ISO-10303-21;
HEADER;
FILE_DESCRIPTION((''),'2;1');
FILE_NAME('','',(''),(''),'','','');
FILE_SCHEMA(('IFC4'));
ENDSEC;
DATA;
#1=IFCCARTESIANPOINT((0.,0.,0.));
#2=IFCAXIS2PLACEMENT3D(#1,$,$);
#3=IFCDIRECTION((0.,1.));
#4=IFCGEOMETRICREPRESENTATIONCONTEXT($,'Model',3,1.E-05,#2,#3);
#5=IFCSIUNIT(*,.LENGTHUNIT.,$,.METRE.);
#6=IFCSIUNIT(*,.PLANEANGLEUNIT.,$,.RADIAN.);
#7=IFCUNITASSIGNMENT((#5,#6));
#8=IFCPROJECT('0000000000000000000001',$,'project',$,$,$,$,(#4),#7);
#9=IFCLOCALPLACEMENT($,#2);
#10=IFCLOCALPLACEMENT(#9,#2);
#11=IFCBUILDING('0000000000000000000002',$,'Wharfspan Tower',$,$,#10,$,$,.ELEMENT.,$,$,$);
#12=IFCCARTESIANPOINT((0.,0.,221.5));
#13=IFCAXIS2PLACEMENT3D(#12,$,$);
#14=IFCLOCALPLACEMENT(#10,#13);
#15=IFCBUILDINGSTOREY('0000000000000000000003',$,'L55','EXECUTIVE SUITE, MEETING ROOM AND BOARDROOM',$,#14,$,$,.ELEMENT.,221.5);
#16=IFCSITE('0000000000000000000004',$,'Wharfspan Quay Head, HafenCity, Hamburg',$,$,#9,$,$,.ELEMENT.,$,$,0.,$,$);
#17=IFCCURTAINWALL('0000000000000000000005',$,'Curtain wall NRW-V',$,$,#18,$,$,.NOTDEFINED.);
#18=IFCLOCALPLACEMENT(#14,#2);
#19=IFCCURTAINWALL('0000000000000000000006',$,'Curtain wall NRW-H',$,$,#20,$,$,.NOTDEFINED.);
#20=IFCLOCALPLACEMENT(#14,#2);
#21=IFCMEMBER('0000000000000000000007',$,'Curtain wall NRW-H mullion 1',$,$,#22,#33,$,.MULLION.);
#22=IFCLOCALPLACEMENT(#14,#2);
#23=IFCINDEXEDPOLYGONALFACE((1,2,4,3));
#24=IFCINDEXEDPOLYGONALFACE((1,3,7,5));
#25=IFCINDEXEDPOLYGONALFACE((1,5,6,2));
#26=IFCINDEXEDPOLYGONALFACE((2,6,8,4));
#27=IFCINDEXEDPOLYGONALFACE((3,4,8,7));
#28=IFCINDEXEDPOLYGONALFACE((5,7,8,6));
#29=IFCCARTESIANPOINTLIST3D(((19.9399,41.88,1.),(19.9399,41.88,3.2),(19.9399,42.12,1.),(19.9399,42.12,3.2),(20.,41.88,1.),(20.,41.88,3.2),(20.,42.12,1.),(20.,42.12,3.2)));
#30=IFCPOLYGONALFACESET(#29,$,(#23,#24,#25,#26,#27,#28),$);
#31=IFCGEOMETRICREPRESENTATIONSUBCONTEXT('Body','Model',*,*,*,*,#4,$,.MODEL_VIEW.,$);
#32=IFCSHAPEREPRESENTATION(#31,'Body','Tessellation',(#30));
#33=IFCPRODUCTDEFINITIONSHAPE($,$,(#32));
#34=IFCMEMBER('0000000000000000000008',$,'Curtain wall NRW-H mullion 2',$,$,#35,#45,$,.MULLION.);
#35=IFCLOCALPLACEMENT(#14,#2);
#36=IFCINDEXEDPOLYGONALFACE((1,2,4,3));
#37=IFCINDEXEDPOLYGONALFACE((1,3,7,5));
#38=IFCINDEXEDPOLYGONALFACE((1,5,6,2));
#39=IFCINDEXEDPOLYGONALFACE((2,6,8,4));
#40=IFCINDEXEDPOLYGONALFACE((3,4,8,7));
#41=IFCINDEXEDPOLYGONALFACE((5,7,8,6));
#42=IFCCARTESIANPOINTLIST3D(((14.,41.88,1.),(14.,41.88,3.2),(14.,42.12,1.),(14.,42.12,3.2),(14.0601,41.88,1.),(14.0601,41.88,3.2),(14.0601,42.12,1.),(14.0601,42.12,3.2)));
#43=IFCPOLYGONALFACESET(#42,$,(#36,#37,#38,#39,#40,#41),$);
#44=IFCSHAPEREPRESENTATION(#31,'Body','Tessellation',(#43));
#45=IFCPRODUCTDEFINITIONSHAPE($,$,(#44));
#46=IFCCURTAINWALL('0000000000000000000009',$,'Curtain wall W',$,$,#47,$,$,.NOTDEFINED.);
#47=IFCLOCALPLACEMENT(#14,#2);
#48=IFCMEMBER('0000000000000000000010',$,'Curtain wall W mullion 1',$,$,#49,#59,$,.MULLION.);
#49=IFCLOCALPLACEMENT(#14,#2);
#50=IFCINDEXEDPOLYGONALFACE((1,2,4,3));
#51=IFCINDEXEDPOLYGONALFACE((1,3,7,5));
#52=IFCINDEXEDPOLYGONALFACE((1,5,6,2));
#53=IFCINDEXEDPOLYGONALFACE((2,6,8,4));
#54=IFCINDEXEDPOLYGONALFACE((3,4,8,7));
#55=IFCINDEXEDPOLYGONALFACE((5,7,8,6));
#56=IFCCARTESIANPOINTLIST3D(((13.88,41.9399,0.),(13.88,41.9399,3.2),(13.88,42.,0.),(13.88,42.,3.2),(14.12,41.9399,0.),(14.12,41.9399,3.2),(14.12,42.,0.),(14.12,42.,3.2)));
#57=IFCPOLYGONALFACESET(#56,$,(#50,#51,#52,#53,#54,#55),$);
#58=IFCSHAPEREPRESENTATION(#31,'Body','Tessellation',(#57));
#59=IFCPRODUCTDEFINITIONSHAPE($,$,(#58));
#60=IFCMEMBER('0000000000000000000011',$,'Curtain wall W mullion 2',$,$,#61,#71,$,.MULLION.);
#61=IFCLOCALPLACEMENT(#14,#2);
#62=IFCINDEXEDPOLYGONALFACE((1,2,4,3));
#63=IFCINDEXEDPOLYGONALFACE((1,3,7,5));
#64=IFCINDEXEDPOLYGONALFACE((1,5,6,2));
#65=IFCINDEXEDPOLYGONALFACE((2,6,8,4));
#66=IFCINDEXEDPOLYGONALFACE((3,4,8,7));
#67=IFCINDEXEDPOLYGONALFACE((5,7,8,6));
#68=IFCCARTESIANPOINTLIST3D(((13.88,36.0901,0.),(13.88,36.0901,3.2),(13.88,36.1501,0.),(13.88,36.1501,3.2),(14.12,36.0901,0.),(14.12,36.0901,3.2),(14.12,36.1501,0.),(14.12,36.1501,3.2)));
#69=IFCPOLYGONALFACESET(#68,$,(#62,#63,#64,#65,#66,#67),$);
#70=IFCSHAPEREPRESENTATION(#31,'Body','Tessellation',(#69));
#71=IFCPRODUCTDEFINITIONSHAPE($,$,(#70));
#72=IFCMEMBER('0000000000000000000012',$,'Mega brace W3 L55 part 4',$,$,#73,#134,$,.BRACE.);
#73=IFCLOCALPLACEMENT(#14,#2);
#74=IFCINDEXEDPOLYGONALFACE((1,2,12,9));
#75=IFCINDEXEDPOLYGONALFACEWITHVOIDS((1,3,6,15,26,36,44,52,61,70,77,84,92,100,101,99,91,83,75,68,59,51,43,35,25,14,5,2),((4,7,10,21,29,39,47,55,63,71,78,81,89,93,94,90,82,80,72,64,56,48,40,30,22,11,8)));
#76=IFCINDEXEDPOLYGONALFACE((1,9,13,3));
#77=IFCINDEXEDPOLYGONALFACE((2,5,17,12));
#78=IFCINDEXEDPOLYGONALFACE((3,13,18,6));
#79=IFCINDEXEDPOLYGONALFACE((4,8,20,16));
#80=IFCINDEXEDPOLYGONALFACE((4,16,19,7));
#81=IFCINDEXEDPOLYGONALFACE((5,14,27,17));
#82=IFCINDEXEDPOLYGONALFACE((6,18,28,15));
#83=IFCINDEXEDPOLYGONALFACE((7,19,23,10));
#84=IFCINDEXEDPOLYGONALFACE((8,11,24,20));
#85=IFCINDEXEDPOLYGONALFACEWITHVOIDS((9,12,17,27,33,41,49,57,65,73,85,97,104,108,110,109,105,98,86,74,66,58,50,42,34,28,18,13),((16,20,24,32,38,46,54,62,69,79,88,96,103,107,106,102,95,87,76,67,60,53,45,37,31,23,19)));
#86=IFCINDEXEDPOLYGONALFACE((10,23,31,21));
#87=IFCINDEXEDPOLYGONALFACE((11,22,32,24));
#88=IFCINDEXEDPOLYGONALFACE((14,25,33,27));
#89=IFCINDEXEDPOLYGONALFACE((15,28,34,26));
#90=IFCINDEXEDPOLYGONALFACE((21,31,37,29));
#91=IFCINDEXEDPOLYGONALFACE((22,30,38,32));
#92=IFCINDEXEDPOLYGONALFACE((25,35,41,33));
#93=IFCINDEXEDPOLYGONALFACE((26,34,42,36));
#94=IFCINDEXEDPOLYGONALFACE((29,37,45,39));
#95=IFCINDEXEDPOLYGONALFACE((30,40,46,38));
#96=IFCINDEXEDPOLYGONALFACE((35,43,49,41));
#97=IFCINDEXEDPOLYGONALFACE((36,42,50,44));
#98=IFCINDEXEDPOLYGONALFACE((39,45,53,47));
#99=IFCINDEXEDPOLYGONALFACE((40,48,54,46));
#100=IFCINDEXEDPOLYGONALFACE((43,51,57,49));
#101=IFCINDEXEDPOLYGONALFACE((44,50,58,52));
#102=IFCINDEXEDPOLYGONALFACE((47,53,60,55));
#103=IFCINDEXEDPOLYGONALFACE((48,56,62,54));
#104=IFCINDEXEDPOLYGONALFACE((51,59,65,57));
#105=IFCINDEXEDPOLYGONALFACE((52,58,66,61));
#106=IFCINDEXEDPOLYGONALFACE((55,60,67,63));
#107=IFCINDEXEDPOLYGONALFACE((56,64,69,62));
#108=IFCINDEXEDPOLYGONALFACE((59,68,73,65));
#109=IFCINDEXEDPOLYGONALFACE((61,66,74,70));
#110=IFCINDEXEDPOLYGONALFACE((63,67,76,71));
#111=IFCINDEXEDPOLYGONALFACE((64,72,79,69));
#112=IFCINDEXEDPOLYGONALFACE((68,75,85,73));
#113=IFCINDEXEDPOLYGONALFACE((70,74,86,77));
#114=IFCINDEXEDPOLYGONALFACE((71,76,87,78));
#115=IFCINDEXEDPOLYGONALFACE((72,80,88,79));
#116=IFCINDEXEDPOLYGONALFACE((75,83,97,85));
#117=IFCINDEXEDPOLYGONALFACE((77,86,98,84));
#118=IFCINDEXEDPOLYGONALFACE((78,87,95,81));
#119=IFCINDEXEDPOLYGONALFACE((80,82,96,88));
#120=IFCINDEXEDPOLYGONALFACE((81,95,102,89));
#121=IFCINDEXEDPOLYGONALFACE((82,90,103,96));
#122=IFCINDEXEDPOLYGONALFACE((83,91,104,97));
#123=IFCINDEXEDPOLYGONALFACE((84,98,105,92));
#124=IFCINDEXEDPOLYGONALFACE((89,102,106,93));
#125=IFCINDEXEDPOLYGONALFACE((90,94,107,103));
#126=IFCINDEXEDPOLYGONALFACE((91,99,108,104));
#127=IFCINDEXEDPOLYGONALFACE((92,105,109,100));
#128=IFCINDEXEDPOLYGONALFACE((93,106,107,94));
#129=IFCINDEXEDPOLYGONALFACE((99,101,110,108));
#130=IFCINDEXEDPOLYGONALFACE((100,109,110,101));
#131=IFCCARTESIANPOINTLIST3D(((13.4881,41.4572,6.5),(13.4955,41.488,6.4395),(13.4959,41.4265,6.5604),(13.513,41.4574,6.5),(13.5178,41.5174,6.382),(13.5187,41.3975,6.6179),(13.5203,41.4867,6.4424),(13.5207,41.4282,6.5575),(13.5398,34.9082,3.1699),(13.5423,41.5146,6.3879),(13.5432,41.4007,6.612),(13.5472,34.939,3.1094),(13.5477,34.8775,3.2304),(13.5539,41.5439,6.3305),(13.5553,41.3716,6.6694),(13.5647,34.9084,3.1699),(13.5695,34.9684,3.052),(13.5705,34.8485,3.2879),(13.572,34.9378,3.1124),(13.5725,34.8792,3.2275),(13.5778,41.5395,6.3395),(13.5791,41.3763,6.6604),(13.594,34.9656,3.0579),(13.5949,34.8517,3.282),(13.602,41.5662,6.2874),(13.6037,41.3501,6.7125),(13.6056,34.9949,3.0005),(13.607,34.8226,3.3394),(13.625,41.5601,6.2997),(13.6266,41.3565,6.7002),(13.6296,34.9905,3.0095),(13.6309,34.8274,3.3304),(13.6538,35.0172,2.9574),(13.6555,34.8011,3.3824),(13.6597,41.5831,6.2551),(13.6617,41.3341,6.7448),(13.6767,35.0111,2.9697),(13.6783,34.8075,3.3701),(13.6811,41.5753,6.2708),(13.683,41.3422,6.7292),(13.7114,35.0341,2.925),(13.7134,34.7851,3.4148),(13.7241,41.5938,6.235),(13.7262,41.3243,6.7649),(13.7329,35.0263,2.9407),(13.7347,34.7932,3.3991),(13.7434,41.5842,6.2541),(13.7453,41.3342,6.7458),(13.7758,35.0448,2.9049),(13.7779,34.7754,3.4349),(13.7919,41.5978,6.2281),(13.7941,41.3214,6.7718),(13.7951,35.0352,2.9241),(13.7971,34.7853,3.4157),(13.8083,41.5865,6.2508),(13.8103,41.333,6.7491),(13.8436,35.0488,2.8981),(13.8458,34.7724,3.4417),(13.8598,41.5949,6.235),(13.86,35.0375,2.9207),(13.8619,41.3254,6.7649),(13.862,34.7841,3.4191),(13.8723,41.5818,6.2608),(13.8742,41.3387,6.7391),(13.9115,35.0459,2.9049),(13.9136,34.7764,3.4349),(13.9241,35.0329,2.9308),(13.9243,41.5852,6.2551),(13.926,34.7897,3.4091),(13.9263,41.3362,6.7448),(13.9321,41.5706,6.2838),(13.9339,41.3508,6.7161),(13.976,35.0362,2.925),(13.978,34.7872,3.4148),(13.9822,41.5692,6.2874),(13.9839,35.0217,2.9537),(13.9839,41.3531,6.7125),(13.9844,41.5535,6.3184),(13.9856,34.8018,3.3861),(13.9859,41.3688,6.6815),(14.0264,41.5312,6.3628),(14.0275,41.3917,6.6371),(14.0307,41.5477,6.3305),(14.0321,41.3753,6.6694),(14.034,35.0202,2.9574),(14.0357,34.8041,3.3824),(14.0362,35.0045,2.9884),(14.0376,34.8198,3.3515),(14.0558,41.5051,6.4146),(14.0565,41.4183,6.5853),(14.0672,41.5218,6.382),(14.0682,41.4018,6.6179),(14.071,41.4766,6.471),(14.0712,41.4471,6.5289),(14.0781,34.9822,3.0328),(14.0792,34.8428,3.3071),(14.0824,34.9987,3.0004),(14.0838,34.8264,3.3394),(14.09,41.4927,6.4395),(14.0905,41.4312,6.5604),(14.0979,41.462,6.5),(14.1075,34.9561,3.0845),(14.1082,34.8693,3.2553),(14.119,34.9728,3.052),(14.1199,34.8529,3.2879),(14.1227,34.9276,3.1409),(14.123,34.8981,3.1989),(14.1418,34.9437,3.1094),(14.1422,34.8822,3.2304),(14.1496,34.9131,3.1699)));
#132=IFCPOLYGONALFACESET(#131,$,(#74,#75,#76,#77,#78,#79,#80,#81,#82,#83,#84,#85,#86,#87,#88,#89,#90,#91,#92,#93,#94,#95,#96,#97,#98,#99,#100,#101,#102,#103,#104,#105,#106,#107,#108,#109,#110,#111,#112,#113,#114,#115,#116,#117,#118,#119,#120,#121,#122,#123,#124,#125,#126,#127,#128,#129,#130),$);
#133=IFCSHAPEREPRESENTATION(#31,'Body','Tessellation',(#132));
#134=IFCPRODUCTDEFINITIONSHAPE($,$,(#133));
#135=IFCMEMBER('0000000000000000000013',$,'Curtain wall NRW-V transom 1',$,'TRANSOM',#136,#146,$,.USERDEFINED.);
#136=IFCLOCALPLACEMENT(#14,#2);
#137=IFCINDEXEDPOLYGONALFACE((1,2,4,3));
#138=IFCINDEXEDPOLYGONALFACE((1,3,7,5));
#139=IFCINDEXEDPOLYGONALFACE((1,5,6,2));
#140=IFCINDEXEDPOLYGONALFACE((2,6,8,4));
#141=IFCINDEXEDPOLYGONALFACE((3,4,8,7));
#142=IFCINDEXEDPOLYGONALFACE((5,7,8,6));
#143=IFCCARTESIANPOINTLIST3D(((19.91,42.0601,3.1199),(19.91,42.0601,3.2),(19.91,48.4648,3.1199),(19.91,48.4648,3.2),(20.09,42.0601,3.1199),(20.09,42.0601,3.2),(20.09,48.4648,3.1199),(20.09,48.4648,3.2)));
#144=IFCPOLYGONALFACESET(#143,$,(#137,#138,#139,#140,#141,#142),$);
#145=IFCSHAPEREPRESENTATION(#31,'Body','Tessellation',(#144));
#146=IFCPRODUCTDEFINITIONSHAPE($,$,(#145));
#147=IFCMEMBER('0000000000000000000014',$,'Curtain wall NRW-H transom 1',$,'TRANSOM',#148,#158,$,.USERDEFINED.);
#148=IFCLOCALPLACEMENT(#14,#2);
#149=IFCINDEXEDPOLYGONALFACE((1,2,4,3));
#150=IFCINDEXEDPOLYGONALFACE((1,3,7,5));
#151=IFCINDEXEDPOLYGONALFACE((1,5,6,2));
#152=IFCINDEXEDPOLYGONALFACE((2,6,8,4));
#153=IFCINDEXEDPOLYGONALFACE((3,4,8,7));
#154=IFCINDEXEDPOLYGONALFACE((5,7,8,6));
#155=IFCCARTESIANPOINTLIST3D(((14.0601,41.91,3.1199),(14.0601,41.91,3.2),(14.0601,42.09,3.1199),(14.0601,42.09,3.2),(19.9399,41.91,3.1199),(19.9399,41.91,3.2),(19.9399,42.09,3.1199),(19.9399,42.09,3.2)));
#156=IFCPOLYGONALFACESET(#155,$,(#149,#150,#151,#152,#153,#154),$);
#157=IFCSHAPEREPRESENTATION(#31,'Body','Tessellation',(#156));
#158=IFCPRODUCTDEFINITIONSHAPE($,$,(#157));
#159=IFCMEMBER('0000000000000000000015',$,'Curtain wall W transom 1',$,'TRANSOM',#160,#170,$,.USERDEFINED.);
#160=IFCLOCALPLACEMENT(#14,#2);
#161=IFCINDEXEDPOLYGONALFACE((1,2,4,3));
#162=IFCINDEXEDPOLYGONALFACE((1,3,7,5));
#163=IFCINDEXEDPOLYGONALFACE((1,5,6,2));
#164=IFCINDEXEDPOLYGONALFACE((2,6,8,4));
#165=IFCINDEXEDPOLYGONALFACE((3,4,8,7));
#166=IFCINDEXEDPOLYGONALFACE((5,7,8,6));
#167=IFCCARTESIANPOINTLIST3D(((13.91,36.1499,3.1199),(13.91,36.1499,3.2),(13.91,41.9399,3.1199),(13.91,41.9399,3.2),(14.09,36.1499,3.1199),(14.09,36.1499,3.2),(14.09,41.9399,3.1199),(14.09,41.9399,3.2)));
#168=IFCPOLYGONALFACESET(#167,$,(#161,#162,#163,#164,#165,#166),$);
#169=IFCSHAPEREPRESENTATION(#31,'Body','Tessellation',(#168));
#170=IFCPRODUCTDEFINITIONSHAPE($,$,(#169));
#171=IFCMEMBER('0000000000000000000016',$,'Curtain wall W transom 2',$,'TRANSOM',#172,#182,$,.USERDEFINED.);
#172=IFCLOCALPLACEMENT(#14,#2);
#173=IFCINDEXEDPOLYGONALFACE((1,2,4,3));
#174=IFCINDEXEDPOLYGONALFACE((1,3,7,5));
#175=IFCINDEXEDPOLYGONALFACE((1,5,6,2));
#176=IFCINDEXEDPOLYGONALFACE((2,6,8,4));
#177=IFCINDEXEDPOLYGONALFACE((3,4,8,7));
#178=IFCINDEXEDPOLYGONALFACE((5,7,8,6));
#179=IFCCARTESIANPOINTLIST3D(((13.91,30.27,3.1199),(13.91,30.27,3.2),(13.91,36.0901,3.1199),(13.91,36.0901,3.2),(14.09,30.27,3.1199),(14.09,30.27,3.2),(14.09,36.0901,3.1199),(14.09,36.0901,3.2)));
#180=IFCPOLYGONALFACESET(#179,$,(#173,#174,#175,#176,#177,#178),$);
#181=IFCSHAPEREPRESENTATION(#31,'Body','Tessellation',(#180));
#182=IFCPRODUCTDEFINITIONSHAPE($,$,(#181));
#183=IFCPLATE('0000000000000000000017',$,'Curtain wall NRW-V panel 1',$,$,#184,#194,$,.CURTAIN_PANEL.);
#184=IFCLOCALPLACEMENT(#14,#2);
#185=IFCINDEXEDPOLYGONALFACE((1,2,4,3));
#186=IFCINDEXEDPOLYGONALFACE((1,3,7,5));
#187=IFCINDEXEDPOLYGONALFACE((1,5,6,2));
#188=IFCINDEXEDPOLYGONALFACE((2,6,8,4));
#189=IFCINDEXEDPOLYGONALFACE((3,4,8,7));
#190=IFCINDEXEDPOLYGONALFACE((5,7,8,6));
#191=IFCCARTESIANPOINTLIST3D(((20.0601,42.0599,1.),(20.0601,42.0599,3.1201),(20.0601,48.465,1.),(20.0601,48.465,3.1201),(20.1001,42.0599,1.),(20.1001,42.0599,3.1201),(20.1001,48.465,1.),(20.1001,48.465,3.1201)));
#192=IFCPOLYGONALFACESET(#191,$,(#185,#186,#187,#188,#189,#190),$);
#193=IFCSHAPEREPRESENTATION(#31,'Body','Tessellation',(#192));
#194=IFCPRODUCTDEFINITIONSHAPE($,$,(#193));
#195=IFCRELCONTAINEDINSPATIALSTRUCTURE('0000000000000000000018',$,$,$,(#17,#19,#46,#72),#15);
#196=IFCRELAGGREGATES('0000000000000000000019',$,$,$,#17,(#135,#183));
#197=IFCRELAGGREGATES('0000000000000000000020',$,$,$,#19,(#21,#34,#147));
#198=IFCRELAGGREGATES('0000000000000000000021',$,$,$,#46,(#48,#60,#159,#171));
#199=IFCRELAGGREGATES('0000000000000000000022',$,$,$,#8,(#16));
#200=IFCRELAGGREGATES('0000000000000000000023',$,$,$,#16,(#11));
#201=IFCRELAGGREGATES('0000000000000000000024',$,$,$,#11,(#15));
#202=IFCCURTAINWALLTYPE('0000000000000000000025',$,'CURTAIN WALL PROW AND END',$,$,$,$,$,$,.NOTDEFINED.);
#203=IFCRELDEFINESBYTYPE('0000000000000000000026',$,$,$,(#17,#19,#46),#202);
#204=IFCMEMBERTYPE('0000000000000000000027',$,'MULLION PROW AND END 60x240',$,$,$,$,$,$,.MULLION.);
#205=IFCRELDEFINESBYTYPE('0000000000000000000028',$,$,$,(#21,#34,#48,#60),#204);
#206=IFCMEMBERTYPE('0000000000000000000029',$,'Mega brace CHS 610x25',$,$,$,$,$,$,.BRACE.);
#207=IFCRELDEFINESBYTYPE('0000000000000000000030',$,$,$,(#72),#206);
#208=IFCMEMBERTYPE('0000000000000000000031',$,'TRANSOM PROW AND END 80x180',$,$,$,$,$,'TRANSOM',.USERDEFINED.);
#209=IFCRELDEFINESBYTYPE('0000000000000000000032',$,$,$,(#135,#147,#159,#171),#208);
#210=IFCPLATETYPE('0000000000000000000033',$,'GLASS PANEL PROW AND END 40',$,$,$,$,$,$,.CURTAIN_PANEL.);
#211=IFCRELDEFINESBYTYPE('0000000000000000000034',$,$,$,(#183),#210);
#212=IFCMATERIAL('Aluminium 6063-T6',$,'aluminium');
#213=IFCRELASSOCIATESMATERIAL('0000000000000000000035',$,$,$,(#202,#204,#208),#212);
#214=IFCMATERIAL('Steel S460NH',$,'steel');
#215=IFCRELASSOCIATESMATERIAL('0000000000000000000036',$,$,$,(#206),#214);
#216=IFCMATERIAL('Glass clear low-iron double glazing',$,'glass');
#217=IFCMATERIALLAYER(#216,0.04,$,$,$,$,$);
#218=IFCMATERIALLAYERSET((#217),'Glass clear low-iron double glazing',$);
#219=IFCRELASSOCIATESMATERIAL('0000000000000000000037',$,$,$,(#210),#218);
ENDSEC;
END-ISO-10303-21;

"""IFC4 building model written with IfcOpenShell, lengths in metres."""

from ifc_helpers import new_model, si_unit, direction, frame, origin, origin_2d, place, context, subcontext, project, spatial, rectangle, hollow_circle, extrude, material, layer, layer_set, material_profile, profile_set, type_object, element, aggregate, save


model = new_model("IFC4")

# Units and contexts
model_context = context("Model", 3, precision=1e-05, world=origin(), true_north=direction((0.0, 1.0)))
body_context = subcontext(model_context, "Body", "Model", "MODEL_VIEW")
ifc_project = project(units=[si_unit("LENGTHUNIT", "METRE"), si_unit("PLANEANGLEUNIT", "RADIAN")], contexts=[model_context])

# Site, building, storey
site_placement = place(None, origin())
site = spatial("IfcSite", under=ifc_project, at=site_placement, Name="Wharfspan Quay Head, HafenCity, Hamburg", CompositionType="ELEMENT", RefElevation=0.0)
building_placement = place(site_placement, origin())
building = spatial("IfcBuilding", under=site, at=building_placement, Name="Wharfspan Tower", CompositionType="ELEMENT")
storey_placement = place(building_placement, frame((0.0, 0.0, 221.5)))
storey = spatial("IfcBuildingStorey", under=building, at=storey_placement, Name="L55", Description="EXECUTIVE SUITE, MEETING ROOM AND BOARDROOM", CompositionType="ELEMENT", Elevation=221.5)

# Curtain walls, members
ifc_material_1 = material(Name="Aluminium 6063-T6", Category="aluminium")
curtain_wall_type = type_object("IfcCurtainWallType", Name="CURTAIN WALL PROW AND END", PredefinedType="NOTDEFINED", material=ifc_material_1)
curtain_wall_1_placement = place(storey_placement, origin())
curtain_wall_1 = element("IfcCurtainWall", 1, at=curtain_wall_1_placement, inside=storey, type_object=curtain_wall_type, Name="Curtain wall NRW-V", PredefinedType="NOTDEFINED")
ifc_material_profile_1 = material_profile(ifc_material_1, rectangle(XDim=0.24, YDim=0.0601, at=origin_2d()))
ifc_profile_set_1 = profile_set([ifc_material_profile_1], Name="Aluminium 6063-T6")
member_type_1 = type_object("IfcMemberType", Name="MULLION PROW AND END 60x240", PredefinedType="MULLION", material=ifc_profile_set_1)
curtain_wall_2_placement = place(storey_placement, origin())
curtain_wall_2 = element("IfcCurtainWall", 2, at=curtain_wall_2_placement, inside=storey, type_object=curtain_wall_type, Name="Curtain wall NRW-H", PredefinedType="NOTDEFINED")
member_1_placement = place(storey_placement, frame((19.97, 42.0, 1.0), z_axis=(0.0, 0.0, 1.0), x_axis=(0.0, -1.0, 0.0)))
member_1 = element("IfcMember", 3, at=member_1_placement, type_object=member_type_1, Name="Curtain wall NRW-H mullion 1", PredefinedType="MULLION", context=body_context, shape_type="SweptSolid", body=[
    extrude(rectangle(XDim=0.24, YDim=0.0601, at=origin_2d()), origin(), (0.0, 0.0, 1.0), 2.2),
])
member_2_placement = place(storey_placement, frame((14.03, 42.0, 1.0), z_axis=(0.0, 0.0, 1.0), x_axis=(0.0, -1.0, 0.0)))
member_2 = element("IfcMember", 4, at=member_2_placement, type_object=member_type_1, Name="Curtain wall NRW-H mullion 2", PredefinedType="MULLION", context=body_context, shape_type="SweptSolid", body=[
    extrude(rectangle(XDim=0.24, YDim=0.0601, at=origin_2d()), origin(), (0.0, 0.0, 1.0), 2.2),
])
curtain_wall_3_placement = place(storey_placement, origin())
curtain_wall_3 = element("IfcCurtainWall", 5, at=curtain_wall_3_placement, inside=storey, type_object=curtain_wall_type, Name="Curtain wall W", PredefinedType="NOTDEFINED")
member_3_placement = place(storey_placement, frame((14.0, 41.97, 0.0), z_axis=(0.0, 0.0, 1.0), x_axis=(1.0, 0.0, 0.0)))
member_3 = element("IfcMember", 6, at=member_3_placement, type_object=member_type_1, Name="Curtain wall W mullion 1", PredefinedType="MULLION", context=body_context, shape_type="SweptSolid", body=[
    extrude(rectangle(XDim=0.24, YDim=0.0601, at=origin_2d()), origin(), (0.0, 0.0, 1.0), 3.2),
])
member_4_placement = place(storey_placement, frame((14.0, 36.1201, 0.0), z_axis=(0.0, 0.0, 1.0), x_axis=(1.0, 0.0, 0.0)))
member_4 = element("IfcMember", 7, at=member_4_placement, type_object=member_type_1, Name="Curtain wall W mullion 2", PredefinedType="MULLION", context=body_context, shape_type="SweptSolid", body=[
    extrude(rectangle(XDim=0.24, YDim=0.0601, at=origin_2d()), origin(), (0.0, 0.0, 1.0), 3.2),
])

# Members
ifc_material_2 = material(Name="Steel S460NH", Category="steel")
ifc_material_profile_2 = material_profile(ifc_material_2, hollow_circle(Radius=0.3049, WallThickness=0.0249, at=origin_2d()))
ifc_profile_set_2 = profile_set([ifc_material_profile_2], Name="Steel S460NH")
member_type_2 = type_object("IfcMemberType", Name="Mega brace CHS 610x25", PredefinedType="BRACE", material=ifc_profile_set_2)
member_5_placement = place(storey_placement, frame((13.8447, 34.9106, 3.1699), z_axis=(-0.007044, 0.891361, 0.45324), x_axis=(-0.999973, -0.007904, 0.000003)))
element("IfcMember", 8, at=member_5_placement, inside=storey, type_object=member_type_2, Name="Mega brace W3 L55 part 4", PredefinedType="BRACE", context=body_context, shape_type="SweptSolid", body=[
    extrude(hollow_circle(Radius=0.3049, WallThickness=0.0249, at=origin_2d()), origin(), (0.0, 0.0, 1.0), 7.3472),
])
ifc_material_profile_3 = material_profile(ifc_material_1, rectangle(XDim=0.1799, YDim=0.0801, at=origin_2d()))
ifc_profile_set_3 = profile_set([ifc_material_profile_3], Name="Aluminium 6063-T6")
member_type_3 = type_object("IfcMemberType", Name="TRANSOM PROW AND END 80x180", ElementType="TRANSOM", PredefinedType="USERDEFINED", material=ifc_profile_set_3)
member_6_placement = place(storey_placement, frame((20.0, 48.4648, 3.1599), z_axis=(0.0, -1.0, 0.0), x_axis=(1.0, 0.0, 0.0)))
member_6 = element("IfcMember", 9, at=member_6_placement, type_object=member_type_3, Name="Curtain wall NRW-V transom 1", ObjectType="TRANSOM", PredefinedType="USERDEFINED", context=body_context, shape_type="SweptSolid", body=[
    extrude(rectangle(XDim=0.1799, YDim=0.0801, at=origin_2d()), origin(), (0.0, 0.0, 1.0), 6.4048),
])
member_7_placement = place(storey_placement, frame((19.9399, 42.0, 3.1599), z_axis=(-1.0, 0.0, 0.0), x_axis=(0.0, -1.0, 0.0)))
member_7 = element("IfcMember", 10, at=member_7_placement, type_object=member_type_3, Name="Curtain wall NRW-H transom 1", ObjectType="TRANSOM", PredefinedType="USERDEFINED", context=body_context, shape_type="SweptSolid", body=[
    extrude(rectangle(XDim=0.1799, YDim=0.0801, at=origin_2d()), origin(), (0.0, 0.0, 1.0), 5.8799),
])
member_8_placement = place(storey_placement, frame((14.0, 41.9399, 3.1599), z_axis=(0.0, -1.0, 0.0), x_axis=(1.0, 0.0, 0.0)))
member_8 = element("IfcMember", 11, at=member_8_placement, type_object=member_type_3, Name="Curtain wall W transom 1", ObjectType="TRANSOM", PredefinedType="USERDEFINED", context=body_context, shape_type="SweptSolid", body=[
    extrude(rectangle(XDim=0.1799, YDim=0.0801, at=origin_2d()), origin(), (0.0, 0.0, 1.0), 5.79),
])
member_9_placement = place(storey_placement, frame((14.0, 36.0901, 3.1599), z_axis=(0.0, -1.0, 0.0), x_axis=(1.0, 0.0, 0.0)))
member_9 = element("IfcMember", 12, at=member_9_placement, type_object=member_type_3, Name="Curtain wall W transom 2", ObjectType="TRANSOM", PredefinedType="USERDEFINED", context=body_context, shape_type="SweptSolid", body=[
    extrude(rectangle(XDim=0.1799, YDim=0.0801, at=origin_2d()), origin(), (0.0, 0.0, 1.0), 5.8201),
])

# Plate
ifc_material_3 = material(Name="Glass clear low-iron double glazing", Category="glass")
ifc_layer_1 = layer(ifc_material_3, 0.04)
ifc_layer_set_1 = layer_set([ifc_layer_1], Name="Glass clear low-iron double glazing")
plate_type_1 = type_object("IfcPlateType", Name="GLASS PANEL PROW AND END 40", PredefinedType="CURTAIN_PANEL", material=ifc_layer_set_1)
plate_1_placement = place(storey_placement, frame((20.0801, 45.2625, 1.0), z_axis=(0.0, 0.0, 1.0), x_axis=(0.0, -1.0, 0.0)))
plate_1 = element("IfcPlate", 13, at=plate_1_placement, type_object=plate_type_1, Name="Curtain wall NRW-V panel 1", PredefinedType="CURTAIN_PANEL", context=body_context, shape_type="SweptSolid", body=[
    extrude(rectangle(XDim=6.405, YDim=0.04, at=origin_2d()), origin(), (0.0, 0.0, 1.0), 2.1201),
])
aggregate(curtain_wall_1, [member_6, plate_1])
aggregate(curtain_wall_2, [member_1, member_2, member_7])
aggregate(curtain_wall_3, [member_3, member_4, member_8, member_9])

save(model, "model.ifc")
